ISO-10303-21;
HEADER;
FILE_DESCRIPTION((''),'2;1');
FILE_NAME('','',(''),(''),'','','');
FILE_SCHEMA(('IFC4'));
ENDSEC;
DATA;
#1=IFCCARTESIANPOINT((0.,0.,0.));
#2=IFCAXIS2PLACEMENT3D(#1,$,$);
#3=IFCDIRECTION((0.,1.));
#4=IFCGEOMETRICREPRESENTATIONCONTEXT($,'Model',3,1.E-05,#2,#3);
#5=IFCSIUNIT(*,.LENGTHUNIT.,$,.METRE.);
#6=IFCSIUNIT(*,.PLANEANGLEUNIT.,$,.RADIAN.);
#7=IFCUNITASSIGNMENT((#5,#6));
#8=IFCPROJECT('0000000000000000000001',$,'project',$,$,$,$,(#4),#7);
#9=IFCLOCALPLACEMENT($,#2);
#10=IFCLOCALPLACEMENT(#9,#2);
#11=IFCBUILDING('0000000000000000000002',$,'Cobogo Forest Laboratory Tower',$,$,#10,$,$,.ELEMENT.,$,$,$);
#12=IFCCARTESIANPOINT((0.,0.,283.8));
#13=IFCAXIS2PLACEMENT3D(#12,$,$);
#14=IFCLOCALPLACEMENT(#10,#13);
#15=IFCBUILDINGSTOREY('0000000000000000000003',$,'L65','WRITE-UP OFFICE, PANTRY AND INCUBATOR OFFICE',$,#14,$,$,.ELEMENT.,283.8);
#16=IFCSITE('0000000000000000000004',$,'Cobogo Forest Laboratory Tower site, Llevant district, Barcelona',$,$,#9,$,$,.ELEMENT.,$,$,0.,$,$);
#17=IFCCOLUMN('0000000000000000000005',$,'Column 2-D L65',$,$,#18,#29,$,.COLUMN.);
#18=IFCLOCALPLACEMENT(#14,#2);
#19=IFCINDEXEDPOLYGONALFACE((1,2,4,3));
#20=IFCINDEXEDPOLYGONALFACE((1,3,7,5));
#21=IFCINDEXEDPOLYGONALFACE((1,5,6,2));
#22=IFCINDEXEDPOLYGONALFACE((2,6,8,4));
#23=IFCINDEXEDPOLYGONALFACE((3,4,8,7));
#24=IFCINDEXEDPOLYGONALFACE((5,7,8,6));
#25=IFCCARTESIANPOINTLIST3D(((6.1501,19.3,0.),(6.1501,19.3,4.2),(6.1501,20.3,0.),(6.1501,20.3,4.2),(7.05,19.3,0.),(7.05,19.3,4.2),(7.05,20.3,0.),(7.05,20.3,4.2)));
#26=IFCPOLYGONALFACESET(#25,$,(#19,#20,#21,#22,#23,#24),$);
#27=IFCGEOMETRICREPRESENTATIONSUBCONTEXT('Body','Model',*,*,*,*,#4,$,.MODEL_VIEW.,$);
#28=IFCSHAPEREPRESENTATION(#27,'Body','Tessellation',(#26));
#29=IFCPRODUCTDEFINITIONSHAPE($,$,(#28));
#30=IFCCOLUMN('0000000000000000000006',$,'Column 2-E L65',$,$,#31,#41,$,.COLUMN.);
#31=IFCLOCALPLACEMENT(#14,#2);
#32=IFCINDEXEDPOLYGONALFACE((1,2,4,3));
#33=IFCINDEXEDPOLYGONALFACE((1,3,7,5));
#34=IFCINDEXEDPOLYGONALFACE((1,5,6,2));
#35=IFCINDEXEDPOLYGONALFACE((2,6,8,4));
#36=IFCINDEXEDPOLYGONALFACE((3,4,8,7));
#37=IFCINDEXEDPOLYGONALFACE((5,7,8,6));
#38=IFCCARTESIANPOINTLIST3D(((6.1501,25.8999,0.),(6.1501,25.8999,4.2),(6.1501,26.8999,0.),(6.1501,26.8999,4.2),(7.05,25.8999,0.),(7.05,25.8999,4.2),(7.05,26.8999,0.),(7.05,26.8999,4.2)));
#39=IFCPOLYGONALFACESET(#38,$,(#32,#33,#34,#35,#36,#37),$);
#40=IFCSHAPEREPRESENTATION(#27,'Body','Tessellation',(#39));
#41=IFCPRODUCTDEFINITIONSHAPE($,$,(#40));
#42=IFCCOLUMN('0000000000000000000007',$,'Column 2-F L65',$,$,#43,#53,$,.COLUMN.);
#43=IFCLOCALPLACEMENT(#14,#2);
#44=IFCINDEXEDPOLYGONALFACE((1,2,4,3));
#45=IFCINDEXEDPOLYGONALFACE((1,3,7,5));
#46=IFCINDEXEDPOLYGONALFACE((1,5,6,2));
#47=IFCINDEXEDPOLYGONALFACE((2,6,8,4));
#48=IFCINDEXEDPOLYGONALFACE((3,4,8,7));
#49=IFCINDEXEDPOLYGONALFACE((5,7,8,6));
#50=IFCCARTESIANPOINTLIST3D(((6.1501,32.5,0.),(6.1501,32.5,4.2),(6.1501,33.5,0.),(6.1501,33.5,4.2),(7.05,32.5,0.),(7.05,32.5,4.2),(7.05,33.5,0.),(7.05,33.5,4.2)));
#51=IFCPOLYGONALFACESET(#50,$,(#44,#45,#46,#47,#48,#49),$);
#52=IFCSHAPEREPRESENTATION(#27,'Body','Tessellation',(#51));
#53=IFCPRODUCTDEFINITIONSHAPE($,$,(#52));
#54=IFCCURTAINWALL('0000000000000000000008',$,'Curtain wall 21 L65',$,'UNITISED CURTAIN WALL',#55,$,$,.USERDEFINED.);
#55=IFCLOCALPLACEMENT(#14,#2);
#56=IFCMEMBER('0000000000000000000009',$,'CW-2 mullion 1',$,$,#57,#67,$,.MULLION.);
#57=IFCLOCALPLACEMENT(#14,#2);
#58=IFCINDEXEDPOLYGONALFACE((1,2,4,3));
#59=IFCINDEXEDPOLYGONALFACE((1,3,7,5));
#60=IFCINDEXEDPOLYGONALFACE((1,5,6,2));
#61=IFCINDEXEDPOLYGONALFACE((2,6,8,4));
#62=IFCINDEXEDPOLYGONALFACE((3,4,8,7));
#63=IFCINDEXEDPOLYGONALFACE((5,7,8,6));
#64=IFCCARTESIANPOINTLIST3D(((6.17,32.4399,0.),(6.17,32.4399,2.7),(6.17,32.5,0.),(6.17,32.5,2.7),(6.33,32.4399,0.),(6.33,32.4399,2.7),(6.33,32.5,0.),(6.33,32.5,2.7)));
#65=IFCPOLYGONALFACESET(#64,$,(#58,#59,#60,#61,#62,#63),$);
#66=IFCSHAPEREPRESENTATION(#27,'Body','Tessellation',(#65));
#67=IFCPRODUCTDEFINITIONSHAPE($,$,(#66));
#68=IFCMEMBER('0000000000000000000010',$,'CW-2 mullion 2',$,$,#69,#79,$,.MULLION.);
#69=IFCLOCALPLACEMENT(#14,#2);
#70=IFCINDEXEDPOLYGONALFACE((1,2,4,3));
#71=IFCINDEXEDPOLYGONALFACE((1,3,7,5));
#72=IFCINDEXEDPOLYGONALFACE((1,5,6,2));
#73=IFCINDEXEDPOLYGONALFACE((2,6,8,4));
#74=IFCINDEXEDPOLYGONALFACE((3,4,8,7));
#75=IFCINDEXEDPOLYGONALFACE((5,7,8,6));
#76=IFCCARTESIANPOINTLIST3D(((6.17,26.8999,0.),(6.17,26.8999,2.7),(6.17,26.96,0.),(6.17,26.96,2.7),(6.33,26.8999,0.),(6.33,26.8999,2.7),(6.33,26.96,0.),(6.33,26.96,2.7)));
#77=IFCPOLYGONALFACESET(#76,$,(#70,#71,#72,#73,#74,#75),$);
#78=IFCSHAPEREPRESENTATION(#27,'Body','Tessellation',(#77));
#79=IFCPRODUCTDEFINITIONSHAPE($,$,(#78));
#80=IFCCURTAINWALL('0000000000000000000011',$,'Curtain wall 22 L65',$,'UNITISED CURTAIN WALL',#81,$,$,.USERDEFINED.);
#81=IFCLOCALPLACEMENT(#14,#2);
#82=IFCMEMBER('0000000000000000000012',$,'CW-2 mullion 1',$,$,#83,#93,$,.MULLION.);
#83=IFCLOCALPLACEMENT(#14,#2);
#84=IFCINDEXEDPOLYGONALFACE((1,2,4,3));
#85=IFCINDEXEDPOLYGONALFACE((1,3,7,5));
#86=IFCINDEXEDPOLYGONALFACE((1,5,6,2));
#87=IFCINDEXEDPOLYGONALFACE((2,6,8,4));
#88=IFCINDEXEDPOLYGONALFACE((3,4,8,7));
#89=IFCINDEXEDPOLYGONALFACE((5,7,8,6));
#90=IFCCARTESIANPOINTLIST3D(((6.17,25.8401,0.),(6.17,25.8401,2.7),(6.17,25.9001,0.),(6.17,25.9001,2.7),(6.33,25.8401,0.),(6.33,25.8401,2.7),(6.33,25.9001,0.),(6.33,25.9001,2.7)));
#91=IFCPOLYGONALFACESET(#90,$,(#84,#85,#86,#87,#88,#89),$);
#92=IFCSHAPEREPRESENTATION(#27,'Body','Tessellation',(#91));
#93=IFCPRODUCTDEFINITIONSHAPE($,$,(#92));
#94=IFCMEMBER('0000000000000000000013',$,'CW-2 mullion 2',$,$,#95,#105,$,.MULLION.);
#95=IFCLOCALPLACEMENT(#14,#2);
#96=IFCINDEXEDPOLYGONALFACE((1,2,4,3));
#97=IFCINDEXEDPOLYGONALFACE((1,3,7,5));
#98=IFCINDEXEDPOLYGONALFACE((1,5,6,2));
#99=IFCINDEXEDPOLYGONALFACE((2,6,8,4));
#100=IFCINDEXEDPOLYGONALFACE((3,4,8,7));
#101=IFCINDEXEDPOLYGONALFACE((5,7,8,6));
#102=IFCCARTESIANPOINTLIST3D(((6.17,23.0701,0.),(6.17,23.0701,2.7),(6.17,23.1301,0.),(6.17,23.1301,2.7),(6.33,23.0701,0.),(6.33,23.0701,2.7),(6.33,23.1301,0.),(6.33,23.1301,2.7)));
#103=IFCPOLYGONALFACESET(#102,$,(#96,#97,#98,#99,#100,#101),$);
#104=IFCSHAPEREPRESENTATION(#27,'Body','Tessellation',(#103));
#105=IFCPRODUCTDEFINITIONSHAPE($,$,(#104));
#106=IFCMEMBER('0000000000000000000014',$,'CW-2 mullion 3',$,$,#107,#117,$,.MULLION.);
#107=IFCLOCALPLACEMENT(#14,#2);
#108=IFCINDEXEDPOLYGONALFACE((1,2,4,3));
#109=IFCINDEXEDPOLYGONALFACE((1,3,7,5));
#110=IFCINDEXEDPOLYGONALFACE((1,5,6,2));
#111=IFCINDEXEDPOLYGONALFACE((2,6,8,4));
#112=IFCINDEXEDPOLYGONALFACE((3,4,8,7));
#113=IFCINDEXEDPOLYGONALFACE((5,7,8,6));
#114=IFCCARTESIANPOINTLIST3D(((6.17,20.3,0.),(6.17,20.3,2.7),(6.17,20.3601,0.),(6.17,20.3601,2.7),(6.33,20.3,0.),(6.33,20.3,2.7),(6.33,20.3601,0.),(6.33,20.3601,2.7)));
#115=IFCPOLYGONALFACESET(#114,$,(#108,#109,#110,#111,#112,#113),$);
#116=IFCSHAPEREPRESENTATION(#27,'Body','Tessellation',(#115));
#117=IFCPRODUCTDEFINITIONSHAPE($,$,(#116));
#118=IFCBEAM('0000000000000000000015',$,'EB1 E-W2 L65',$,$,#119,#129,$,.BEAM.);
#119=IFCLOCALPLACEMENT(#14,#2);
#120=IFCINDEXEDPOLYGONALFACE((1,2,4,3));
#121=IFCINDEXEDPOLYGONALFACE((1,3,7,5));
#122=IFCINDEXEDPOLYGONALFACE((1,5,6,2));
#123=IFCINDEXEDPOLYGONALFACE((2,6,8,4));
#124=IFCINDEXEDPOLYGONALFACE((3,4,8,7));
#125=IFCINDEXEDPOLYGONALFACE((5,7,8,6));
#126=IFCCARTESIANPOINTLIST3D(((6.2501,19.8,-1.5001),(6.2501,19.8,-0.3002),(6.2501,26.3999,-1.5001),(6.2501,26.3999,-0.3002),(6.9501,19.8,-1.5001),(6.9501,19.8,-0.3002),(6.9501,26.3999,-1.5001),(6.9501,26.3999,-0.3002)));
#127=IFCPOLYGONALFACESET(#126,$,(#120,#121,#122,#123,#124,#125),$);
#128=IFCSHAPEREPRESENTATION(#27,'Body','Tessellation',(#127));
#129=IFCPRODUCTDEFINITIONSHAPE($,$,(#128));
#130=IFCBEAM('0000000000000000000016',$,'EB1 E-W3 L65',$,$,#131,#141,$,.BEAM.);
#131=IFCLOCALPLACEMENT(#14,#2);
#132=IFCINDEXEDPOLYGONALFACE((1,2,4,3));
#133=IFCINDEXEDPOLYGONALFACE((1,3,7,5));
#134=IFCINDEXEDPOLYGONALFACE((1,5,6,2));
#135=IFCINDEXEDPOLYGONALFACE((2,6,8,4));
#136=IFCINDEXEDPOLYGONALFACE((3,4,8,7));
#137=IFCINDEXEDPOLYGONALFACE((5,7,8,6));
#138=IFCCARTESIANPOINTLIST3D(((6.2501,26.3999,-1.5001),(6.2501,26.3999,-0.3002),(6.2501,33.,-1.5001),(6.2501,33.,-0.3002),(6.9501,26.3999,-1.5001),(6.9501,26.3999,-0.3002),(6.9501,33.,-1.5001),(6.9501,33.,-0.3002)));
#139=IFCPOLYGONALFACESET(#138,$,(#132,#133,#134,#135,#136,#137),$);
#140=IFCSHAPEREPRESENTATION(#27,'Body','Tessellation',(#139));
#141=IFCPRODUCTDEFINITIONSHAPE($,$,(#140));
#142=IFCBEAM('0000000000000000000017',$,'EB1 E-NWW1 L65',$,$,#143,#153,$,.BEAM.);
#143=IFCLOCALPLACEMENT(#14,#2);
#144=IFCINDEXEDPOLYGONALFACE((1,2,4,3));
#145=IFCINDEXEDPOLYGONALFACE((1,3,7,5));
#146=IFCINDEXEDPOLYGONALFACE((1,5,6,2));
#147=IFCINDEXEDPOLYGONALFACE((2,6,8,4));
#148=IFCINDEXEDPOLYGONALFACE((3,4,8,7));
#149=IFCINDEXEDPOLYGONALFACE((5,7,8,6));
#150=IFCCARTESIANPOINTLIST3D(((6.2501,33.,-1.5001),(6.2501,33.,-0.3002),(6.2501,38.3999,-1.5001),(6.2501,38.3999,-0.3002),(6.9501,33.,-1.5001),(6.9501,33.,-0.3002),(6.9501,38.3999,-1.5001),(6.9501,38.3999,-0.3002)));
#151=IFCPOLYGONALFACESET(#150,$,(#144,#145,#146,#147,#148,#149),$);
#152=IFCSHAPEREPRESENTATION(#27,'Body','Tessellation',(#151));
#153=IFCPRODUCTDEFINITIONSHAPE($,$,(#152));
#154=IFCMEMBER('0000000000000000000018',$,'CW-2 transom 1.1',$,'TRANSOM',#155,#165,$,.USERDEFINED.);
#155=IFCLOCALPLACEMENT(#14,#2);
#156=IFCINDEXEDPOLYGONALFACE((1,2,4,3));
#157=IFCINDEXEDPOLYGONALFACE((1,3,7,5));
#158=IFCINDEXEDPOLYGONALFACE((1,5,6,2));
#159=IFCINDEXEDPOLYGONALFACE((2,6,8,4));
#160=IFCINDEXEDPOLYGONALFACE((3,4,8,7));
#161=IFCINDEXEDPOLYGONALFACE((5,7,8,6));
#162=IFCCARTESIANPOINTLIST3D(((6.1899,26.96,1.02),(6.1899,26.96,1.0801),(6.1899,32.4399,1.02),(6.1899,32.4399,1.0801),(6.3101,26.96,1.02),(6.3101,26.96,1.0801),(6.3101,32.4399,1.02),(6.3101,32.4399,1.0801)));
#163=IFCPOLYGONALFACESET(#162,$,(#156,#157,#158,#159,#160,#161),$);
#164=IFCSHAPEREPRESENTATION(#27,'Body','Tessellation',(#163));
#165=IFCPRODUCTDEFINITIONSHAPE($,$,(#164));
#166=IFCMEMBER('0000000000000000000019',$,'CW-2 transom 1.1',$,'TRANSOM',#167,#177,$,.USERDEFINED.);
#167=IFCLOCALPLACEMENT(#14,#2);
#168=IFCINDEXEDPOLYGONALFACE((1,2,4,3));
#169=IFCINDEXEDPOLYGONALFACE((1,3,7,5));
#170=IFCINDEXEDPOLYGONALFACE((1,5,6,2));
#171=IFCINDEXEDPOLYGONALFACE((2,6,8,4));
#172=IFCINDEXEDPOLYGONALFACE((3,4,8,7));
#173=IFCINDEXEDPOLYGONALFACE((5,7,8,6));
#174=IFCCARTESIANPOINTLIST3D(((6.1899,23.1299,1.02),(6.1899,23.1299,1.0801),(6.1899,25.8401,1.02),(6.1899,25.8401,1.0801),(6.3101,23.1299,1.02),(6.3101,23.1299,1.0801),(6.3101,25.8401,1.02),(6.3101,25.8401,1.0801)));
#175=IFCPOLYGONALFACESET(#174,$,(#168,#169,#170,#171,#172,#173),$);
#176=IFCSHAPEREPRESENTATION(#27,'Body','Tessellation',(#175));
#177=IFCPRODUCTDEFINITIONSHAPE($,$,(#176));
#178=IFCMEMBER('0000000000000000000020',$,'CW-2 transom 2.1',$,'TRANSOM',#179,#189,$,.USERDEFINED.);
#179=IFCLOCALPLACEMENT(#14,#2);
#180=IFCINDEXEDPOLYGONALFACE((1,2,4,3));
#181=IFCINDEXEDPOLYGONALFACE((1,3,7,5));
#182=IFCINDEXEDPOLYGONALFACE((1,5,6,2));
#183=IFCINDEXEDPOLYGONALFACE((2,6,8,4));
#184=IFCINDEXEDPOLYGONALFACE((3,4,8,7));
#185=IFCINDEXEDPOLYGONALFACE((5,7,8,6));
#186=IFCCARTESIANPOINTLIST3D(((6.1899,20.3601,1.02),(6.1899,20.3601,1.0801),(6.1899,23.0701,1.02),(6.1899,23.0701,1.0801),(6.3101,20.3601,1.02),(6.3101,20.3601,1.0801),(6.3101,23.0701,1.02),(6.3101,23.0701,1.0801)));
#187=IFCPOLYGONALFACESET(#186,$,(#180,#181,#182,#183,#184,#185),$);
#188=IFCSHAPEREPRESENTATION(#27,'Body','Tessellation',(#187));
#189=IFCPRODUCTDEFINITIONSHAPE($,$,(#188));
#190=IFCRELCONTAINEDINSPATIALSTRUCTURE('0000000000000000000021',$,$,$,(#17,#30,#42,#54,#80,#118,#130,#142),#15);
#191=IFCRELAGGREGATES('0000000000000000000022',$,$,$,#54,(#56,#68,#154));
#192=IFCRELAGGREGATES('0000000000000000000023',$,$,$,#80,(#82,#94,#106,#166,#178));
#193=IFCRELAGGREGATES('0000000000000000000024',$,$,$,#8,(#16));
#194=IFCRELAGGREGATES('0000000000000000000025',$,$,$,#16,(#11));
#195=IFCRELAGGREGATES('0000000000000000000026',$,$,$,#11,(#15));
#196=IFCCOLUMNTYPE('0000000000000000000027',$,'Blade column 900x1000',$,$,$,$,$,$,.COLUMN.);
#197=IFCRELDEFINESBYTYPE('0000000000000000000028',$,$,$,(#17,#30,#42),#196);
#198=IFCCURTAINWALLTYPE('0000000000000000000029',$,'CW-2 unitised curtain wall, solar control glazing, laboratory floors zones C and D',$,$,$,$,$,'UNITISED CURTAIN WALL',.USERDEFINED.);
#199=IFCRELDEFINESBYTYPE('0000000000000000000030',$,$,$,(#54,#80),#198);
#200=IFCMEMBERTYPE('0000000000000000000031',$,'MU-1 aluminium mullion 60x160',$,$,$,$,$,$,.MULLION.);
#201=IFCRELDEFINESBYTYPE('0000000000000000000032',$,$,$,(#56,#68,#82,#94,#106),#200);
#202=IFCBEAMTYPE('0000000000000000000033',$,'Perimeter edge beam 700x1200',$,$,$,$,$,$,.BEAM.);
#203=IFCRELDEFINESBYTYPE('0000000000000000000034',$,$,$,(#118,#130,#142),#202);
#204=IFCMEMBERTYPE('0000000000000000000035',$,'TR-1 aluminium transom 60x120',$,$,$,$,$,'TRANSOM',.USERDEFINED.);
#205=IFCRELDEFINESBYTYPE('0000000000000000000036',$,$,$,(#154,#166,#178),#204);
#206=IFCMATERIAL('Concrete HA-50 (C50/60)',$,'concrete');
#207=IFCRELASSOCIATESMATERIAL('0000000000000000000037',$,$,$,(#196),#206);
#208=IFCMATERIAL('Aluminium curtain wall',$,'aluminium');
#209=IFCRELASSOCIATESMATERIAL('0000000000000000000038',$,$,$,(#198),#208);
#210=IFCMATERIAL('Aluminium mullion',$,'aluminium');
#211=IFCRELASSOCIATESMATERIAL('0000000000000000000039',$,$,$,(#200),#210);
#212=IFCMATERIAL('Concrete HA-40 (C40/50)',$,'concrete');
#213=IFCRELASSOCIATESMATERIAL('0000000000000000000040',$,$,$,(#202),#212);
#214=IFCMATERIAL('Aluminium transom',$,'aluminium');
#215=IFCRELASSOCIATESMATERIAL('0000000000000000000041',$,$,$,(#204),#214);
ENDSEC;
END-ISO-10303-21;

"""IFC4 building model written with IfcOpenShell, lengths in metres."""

from ifc_helpers import new_model, si_unit, direction, frame, origin, origin_2d, place, context, subcontext, project, spatial, rectangle, extrude, material, material_profile, profile_set, type_object, element, aggregate, save


model = new_model("IFC4")

# Units and contexts
model_context = context("Model", 3, precision=1e-05, world=origin(), true_north=direction((0.0, 1.0)))
body_context = subcontext(model_context, "Body", "Model", "MODEL_VIEW")
ifc_project = project(units=[si_unit("LENGTHUNIT", "METRE"), si_unit("PLANEANGLEUNIT", "RADIAN")], contexts=[model_context])

# Site, building, storey
site_placement = place(None, origin())
site = spatial("IfcSite", under=ifc_project, at=site_placement, Name="Cobogo Forest Laboratory Tower site, Llevant district, Barcelona", CompositionType="ELEMENT", RefElevation=0.0)
building_placement = place(site_placement, origin())
building = spatial("IfcBuilding", under=site, at=building_placement, Name="Cobogo Forest Laboratory Tower", CompositionType="ELEMENT")
storey_placement = place(building_placement, frame((0.0, 0.0, 283.8)))
storey = spatial("IfcBuildingStorey", under=building, at=storey_placement, Name="L65", Description="WRITE-UP OFFICE, PANTRY AND INCUBATOR OFFICE", CompositionType="ELEMENT", Elevation=283.8)

# Columns
ifc_material_1 = material(Name="Concrete HA-50 (C50/60)", Category="concrete")
ifc_material_profile_1 = material_profile(ifc_material_1, rectangle(XDim=1.0, YDim=0.8999, at=origin_2d()), Name="RC 900x1000")
ifc_profile_set_1 = profile_set([ifc_material_profile_1], Name="Concrete HA-50 (C50/60)")
column_type = type_object("IfcColumnType", Name="Blade column 900x1000", PredefinedType="COLUMN", material=ifc_profile_set_1)
for number, where, z_axis, x_axis, name in (
    (1, (6.6001, 19.8, 0.0), (0.0, 0.0, 1.0), (0.0, 1.0, 0.0), "Column 2-D L65"),
    (2, (6.6001, 26.3999, 0.0), (0.0, 0.0, 1.0), (0.0, 1.0, 0.0), "Column 2-E L65"),
    (3, (6.6001, 33.0, 0.0), (0.0, 0.0, 1.0), (0.0, 1.0, 0.0), "Column 2-F L65"),
):
    element("IfcColumn", number, at=place(storey_placement, frame(where, z_axis=z_axis, x_axis=x_axis)), inside=storey, type_object=column_type, Name=name, PredefinedType="COLUMN", context=body_context, shape_type="SweptSolid", body=[
        extrude(rectangle(XDim=1.0, YDim=0.8999, at=origin_2d()), origin(), (0.0, 0.0, 1.0), 4.2),
    ])

# Curtain walls, members
ifc_material_2 = material(Name="Aluminium curtain wall", Category="aluminium")
curtain_wall_type = type_object("IfcCurtainWallType", Name="CW-2 unitised curtain wall, solar control glazing, laboratory floors zones C and D", ElementType="UNITISED CURTAIN WALL", PredefinedType="USERDEFINED", material=ifc_material_2)
curtain_wall_1_placement = place(storey_placement, origin())
curtain_wall_1 = element("IfcCurtainWall", 4, at=curtain_wall_1_placement, inside=storey, type_object=curtain_wall_type, Name="Curtain wall 21 L65", ObjectType="UNITISED CURTAIN WALL", PredefinedType="USERDEFINED")
ifc_material_3 = material(Name="Aluminium mullion", Category="aluminium")
ifc_material_profile_2 = material_profile(ifc_material_3, rectangle(XDim=0.0601, YDim=0.1599, at=origin_2d()), Name="AL 60x160")
ifc_profile_set_2 = profile_set([ifc_material_profile_2], Name="Aluminium mullion")
member_type_1 = type_object("IfcMemberType", Name="MU-1 aluminium mullion 60x160", PredefinedType="MULLION", material=ifc_profile_set_2)
member_1_placement = place(storey_placement, frame((6.25, 32.47, 0.0), z_axis=(0.0, 0.0, 1.0), x_axis=(0.0, -1.0, 0.0)))
member_1 = element("IfcMember", 5, at=member_1_placement, type_object=member_type_1, Name="CW-2 mullion 1", PredefinedType="MULLION", context=body_context, shape_type="SweptSolid", body=[
    extrude(rectangle(XDim=0.0601, YDim=0.1599, at=origin_2d()), origin(), (0.0, 0.0, 1.0), 2.7),
])
member_2_placement = place(storey_placement, frame((6.25, 26.9299, 0.0), z_axis=(0.0, 0.0, 1.0), x_axis=(0.0, -1.0, 0.0)))
member_2 = element("IfcMember", 6, at=member_2_placement, type_object=member_type_1, Name="CW-2 mullion 2", PredefinedType="MULLION", context=body_context, shape_type="SweptSolid", body=[
    extrude(rectangle(XDim=0.0601, YDim=0.1599, at=origin_2d()), origin(), (0.0, 0.0, 1.0), 2.7),
])
curtain_wall_2_placement = place(storey_placement, origin())
curtain_wall_2 = element("IfcCurtainWall", 7, at=curtain_wall_2_placement, inside=storey, type_object=curtain_wall_type, Name="Curtain wall 22 L65", ObjectType="UNITISED CURTAIN WALL", PredefinedType="USERDEFINED")
member_3_placement = place(storey_placement, frame((6.25, 25.8701, 0.0), z_axis=(0.0, 0.0, 1.0), x_axis=(0.0, -1.0, 0.0)))
member_3 = element("IfcMember", 8, at=member_3_placement, type_object=member_type_1, Name="CW-2 mullion 1", PredefinedType="MULLION", context=body_context, shape_type="SweptSolid", body=[
    extrude(rectangle(XDim=0.0601, YDim=0.1599, at=origin_2d()), origin(), (0.0, 0.0, 1.0), 2.7),
])
member_4_placement = place(storey_placement, frame((6.25, 23.1001, 0.0), z_axis=(0.0, 0.0, 1.0), x_axis=(0.0, -1.0, 0.0)))
member_4 = element("IfcMember", 9, at=member_4_placement, type_object=member_type_1, Name="CW-2 mullion 2", PredefinedType="MULLION", context=body_context, shape_type="SweptSolid", body=[
    extrude(rectangle(XDim=0.0601, YDim=0.1599, at=origin_2d()), origin(), (0.0, 0.0, 1.0), 2.7),
])
member_5_placement = place(storey_placement, frame((6.25, 20.3301, 0.0), z_axis=(0.0, 0.0, 1.0), x_axis=(0.0, -1.0, 0.0)))
member_5 = element("IfcMember", 10, at=member_5_placement, type_object=member_type_1, Name="CW-2 mullion 3", PredefinedType="MULLION", context=body_context, shape_type="SweptSolid", body=[
    extrude(rectangle(XDim=0.0601, YDim=0.1599, at=origin_2d()), origin(), (0.0, 0.0, 1.0), 2.7),
])

# Beams
ifc_material_4 = material(Name="Concrete HA-40 (C40/50)", Category="concrete")
ifc_material_profile_3 = material_profile(ifc_material_4, rectangle(XDim=0.7, YDim=1.2, at=origin_2d()), Name="RC 700x1200")
ifc_profile_set_3 = profile_set([ifc_material_profile_3], Name="Concrete HA-40 (C40/50)")
beam_type = type_object("IfcBeamType", Name="Perimeter edge beam 700x1200", PredefinedType="BEAM", material=ifc_profile_set_3)
beam_1_placement = place(storey_placement, frame((6.6001, 19.8, -0.9001), z_axis=(0.0, 1.0, 0.0), x_axis=(-1.0, 0.0, 0.0)))
element("IfcBeam", 11, at=beam_1_placement, inside=storey, type_object=beam_type, Name="EB1 E-W2 L65", PredefinedType="BEAM", context=body_context, shape_type="SweptSolid", body=[
    extrude(rectangle(XDim=0.7, YDim=1.2, at=origin_2d()), origin(), (0.0, 0.0, 1.0), 6.5999),
])
beam_2_placement = place(storey_placement, frame((6.6001, 26.3999, -0.9001), z_axis=(0.0, 1.0, 0.0), x_axis=(-1.0, 0.0, 0.0)))
element("IfcBeam", 12, at=beam_2_placement, inside=storey, type_object=beam_type, Name="EB1 E-W3 L65", PredefinedType="BEAM", context=body_context, shape_type="SweptSolid", body=[
    extrude(rectangle(XDim=0.7, YDim=1.2, at=origin_2d()), origin(), (0.0, 0.0, 1.0), 6.6001),
])
beam_3_placement = place(storey_placement, frame((6.6001, 33.0, -0.9001), z_axis=(0.0, 1.0, 0.0), x_axis=(-1.0, 0.0, 0.0)))
element("IfcBeam", 13, at=beam_3_placement, inside=storey, type_object=beam_type, Name="EB1 E-NWW1 L65", PredefinedType="BEAM", context=body_context, shape_type="SweptSolid", body=[
    extrude(rectangle(XDim=0.7, YDim=1.2, at=origin_2d()), origin(), (0.0, 0.0, 1.0), 5.3999),
])

# Members
ifc_material_5 = material(Name="Aluminium transom", Category="aluminium")
ifc_material_profile_4 = material_profile(ifc_material_5, rectangle(XDim=0.1201, YDim=0.0601, at=origin_2d()), Name="AL 60x120")
ifc_profile_set_4 = profile_set([ifc_material_profile_4], Name="Aluminium transom")
member_type_2 = type_object("IfcMemberType", Name="TR-1 aluminium transom 60x120", ElementType="TRANSOM", PredefinedType="USERDEFINED", material=ifc_profile_set_4)
member_6_placement = place(storey_placement, frame((6.25, 32.4399, 1.05), z_axis=(0.0, -1.0, 0.0), x_axis=(1.0, 0.0, 0.0)))
member_6 = element("IfcMember", 14, at=member_6_placement, type_object=member_type_2, Name="CW-2 transom 1.1", ObjectType="TRANSOM", PredefinedType="USERDEFINED", context=body_context, shape_type="SweptSolid", body=[
    extrude(rectangle(XDim=0.1201, YDim=0.0601, at=origin_2d()), origin(), (0.0, 0.0, 1.0), 5.48),
])
member_7_placement = place(storey_placement, frame((6.25, 25.8401, 1.05), z_axis=(0.0, -1.0, 0.0), x_axis=(1.0, 0.0, 0.0)))
member_7 = element("IfcMember", 15, at=member_7_placement, type_object=member_type_2, Name="CW-2 transom 1.1", ObjectType="TRANSOM", PredefinedType="USERDEFINED", context=body_context, shape_type="SweptSolid", body=[
    extrude(rectangle(XDim=0.1201, YDim=0.0601, at=origin_2d()), origin(), (0.0, 0.0, 1.0), 2.7102),
])
member_8_placement = place(storey_placement, frame((6.25, 23.0701, 1.05), z_axis=(0.0, -1.0, 0.0), x_axis=(1.0, 0.0, 0.0)))
member_8 = element("IfcMember", 16, at=member_8_placement, type_object=member_type_2, Name="CW-2 transom 2.1", ObjectType="TRANSOM", PredefinedType="USERDEFINED", context=body_context, shape_type="SweptSolid", body=[
    extrude(rectangle(XDim=0.1201, YDim=0.0601, at=origin_2d()), origin(), (0.0, 0.0, 1.0), 2.71),
])

aggregate(curtain_wall_1, [member_1, member_2, member_6])
aggregate(curtain_wall_2, [member_3, member_4, member_5, member_7, member_8])

save(model, "model.ifc")
